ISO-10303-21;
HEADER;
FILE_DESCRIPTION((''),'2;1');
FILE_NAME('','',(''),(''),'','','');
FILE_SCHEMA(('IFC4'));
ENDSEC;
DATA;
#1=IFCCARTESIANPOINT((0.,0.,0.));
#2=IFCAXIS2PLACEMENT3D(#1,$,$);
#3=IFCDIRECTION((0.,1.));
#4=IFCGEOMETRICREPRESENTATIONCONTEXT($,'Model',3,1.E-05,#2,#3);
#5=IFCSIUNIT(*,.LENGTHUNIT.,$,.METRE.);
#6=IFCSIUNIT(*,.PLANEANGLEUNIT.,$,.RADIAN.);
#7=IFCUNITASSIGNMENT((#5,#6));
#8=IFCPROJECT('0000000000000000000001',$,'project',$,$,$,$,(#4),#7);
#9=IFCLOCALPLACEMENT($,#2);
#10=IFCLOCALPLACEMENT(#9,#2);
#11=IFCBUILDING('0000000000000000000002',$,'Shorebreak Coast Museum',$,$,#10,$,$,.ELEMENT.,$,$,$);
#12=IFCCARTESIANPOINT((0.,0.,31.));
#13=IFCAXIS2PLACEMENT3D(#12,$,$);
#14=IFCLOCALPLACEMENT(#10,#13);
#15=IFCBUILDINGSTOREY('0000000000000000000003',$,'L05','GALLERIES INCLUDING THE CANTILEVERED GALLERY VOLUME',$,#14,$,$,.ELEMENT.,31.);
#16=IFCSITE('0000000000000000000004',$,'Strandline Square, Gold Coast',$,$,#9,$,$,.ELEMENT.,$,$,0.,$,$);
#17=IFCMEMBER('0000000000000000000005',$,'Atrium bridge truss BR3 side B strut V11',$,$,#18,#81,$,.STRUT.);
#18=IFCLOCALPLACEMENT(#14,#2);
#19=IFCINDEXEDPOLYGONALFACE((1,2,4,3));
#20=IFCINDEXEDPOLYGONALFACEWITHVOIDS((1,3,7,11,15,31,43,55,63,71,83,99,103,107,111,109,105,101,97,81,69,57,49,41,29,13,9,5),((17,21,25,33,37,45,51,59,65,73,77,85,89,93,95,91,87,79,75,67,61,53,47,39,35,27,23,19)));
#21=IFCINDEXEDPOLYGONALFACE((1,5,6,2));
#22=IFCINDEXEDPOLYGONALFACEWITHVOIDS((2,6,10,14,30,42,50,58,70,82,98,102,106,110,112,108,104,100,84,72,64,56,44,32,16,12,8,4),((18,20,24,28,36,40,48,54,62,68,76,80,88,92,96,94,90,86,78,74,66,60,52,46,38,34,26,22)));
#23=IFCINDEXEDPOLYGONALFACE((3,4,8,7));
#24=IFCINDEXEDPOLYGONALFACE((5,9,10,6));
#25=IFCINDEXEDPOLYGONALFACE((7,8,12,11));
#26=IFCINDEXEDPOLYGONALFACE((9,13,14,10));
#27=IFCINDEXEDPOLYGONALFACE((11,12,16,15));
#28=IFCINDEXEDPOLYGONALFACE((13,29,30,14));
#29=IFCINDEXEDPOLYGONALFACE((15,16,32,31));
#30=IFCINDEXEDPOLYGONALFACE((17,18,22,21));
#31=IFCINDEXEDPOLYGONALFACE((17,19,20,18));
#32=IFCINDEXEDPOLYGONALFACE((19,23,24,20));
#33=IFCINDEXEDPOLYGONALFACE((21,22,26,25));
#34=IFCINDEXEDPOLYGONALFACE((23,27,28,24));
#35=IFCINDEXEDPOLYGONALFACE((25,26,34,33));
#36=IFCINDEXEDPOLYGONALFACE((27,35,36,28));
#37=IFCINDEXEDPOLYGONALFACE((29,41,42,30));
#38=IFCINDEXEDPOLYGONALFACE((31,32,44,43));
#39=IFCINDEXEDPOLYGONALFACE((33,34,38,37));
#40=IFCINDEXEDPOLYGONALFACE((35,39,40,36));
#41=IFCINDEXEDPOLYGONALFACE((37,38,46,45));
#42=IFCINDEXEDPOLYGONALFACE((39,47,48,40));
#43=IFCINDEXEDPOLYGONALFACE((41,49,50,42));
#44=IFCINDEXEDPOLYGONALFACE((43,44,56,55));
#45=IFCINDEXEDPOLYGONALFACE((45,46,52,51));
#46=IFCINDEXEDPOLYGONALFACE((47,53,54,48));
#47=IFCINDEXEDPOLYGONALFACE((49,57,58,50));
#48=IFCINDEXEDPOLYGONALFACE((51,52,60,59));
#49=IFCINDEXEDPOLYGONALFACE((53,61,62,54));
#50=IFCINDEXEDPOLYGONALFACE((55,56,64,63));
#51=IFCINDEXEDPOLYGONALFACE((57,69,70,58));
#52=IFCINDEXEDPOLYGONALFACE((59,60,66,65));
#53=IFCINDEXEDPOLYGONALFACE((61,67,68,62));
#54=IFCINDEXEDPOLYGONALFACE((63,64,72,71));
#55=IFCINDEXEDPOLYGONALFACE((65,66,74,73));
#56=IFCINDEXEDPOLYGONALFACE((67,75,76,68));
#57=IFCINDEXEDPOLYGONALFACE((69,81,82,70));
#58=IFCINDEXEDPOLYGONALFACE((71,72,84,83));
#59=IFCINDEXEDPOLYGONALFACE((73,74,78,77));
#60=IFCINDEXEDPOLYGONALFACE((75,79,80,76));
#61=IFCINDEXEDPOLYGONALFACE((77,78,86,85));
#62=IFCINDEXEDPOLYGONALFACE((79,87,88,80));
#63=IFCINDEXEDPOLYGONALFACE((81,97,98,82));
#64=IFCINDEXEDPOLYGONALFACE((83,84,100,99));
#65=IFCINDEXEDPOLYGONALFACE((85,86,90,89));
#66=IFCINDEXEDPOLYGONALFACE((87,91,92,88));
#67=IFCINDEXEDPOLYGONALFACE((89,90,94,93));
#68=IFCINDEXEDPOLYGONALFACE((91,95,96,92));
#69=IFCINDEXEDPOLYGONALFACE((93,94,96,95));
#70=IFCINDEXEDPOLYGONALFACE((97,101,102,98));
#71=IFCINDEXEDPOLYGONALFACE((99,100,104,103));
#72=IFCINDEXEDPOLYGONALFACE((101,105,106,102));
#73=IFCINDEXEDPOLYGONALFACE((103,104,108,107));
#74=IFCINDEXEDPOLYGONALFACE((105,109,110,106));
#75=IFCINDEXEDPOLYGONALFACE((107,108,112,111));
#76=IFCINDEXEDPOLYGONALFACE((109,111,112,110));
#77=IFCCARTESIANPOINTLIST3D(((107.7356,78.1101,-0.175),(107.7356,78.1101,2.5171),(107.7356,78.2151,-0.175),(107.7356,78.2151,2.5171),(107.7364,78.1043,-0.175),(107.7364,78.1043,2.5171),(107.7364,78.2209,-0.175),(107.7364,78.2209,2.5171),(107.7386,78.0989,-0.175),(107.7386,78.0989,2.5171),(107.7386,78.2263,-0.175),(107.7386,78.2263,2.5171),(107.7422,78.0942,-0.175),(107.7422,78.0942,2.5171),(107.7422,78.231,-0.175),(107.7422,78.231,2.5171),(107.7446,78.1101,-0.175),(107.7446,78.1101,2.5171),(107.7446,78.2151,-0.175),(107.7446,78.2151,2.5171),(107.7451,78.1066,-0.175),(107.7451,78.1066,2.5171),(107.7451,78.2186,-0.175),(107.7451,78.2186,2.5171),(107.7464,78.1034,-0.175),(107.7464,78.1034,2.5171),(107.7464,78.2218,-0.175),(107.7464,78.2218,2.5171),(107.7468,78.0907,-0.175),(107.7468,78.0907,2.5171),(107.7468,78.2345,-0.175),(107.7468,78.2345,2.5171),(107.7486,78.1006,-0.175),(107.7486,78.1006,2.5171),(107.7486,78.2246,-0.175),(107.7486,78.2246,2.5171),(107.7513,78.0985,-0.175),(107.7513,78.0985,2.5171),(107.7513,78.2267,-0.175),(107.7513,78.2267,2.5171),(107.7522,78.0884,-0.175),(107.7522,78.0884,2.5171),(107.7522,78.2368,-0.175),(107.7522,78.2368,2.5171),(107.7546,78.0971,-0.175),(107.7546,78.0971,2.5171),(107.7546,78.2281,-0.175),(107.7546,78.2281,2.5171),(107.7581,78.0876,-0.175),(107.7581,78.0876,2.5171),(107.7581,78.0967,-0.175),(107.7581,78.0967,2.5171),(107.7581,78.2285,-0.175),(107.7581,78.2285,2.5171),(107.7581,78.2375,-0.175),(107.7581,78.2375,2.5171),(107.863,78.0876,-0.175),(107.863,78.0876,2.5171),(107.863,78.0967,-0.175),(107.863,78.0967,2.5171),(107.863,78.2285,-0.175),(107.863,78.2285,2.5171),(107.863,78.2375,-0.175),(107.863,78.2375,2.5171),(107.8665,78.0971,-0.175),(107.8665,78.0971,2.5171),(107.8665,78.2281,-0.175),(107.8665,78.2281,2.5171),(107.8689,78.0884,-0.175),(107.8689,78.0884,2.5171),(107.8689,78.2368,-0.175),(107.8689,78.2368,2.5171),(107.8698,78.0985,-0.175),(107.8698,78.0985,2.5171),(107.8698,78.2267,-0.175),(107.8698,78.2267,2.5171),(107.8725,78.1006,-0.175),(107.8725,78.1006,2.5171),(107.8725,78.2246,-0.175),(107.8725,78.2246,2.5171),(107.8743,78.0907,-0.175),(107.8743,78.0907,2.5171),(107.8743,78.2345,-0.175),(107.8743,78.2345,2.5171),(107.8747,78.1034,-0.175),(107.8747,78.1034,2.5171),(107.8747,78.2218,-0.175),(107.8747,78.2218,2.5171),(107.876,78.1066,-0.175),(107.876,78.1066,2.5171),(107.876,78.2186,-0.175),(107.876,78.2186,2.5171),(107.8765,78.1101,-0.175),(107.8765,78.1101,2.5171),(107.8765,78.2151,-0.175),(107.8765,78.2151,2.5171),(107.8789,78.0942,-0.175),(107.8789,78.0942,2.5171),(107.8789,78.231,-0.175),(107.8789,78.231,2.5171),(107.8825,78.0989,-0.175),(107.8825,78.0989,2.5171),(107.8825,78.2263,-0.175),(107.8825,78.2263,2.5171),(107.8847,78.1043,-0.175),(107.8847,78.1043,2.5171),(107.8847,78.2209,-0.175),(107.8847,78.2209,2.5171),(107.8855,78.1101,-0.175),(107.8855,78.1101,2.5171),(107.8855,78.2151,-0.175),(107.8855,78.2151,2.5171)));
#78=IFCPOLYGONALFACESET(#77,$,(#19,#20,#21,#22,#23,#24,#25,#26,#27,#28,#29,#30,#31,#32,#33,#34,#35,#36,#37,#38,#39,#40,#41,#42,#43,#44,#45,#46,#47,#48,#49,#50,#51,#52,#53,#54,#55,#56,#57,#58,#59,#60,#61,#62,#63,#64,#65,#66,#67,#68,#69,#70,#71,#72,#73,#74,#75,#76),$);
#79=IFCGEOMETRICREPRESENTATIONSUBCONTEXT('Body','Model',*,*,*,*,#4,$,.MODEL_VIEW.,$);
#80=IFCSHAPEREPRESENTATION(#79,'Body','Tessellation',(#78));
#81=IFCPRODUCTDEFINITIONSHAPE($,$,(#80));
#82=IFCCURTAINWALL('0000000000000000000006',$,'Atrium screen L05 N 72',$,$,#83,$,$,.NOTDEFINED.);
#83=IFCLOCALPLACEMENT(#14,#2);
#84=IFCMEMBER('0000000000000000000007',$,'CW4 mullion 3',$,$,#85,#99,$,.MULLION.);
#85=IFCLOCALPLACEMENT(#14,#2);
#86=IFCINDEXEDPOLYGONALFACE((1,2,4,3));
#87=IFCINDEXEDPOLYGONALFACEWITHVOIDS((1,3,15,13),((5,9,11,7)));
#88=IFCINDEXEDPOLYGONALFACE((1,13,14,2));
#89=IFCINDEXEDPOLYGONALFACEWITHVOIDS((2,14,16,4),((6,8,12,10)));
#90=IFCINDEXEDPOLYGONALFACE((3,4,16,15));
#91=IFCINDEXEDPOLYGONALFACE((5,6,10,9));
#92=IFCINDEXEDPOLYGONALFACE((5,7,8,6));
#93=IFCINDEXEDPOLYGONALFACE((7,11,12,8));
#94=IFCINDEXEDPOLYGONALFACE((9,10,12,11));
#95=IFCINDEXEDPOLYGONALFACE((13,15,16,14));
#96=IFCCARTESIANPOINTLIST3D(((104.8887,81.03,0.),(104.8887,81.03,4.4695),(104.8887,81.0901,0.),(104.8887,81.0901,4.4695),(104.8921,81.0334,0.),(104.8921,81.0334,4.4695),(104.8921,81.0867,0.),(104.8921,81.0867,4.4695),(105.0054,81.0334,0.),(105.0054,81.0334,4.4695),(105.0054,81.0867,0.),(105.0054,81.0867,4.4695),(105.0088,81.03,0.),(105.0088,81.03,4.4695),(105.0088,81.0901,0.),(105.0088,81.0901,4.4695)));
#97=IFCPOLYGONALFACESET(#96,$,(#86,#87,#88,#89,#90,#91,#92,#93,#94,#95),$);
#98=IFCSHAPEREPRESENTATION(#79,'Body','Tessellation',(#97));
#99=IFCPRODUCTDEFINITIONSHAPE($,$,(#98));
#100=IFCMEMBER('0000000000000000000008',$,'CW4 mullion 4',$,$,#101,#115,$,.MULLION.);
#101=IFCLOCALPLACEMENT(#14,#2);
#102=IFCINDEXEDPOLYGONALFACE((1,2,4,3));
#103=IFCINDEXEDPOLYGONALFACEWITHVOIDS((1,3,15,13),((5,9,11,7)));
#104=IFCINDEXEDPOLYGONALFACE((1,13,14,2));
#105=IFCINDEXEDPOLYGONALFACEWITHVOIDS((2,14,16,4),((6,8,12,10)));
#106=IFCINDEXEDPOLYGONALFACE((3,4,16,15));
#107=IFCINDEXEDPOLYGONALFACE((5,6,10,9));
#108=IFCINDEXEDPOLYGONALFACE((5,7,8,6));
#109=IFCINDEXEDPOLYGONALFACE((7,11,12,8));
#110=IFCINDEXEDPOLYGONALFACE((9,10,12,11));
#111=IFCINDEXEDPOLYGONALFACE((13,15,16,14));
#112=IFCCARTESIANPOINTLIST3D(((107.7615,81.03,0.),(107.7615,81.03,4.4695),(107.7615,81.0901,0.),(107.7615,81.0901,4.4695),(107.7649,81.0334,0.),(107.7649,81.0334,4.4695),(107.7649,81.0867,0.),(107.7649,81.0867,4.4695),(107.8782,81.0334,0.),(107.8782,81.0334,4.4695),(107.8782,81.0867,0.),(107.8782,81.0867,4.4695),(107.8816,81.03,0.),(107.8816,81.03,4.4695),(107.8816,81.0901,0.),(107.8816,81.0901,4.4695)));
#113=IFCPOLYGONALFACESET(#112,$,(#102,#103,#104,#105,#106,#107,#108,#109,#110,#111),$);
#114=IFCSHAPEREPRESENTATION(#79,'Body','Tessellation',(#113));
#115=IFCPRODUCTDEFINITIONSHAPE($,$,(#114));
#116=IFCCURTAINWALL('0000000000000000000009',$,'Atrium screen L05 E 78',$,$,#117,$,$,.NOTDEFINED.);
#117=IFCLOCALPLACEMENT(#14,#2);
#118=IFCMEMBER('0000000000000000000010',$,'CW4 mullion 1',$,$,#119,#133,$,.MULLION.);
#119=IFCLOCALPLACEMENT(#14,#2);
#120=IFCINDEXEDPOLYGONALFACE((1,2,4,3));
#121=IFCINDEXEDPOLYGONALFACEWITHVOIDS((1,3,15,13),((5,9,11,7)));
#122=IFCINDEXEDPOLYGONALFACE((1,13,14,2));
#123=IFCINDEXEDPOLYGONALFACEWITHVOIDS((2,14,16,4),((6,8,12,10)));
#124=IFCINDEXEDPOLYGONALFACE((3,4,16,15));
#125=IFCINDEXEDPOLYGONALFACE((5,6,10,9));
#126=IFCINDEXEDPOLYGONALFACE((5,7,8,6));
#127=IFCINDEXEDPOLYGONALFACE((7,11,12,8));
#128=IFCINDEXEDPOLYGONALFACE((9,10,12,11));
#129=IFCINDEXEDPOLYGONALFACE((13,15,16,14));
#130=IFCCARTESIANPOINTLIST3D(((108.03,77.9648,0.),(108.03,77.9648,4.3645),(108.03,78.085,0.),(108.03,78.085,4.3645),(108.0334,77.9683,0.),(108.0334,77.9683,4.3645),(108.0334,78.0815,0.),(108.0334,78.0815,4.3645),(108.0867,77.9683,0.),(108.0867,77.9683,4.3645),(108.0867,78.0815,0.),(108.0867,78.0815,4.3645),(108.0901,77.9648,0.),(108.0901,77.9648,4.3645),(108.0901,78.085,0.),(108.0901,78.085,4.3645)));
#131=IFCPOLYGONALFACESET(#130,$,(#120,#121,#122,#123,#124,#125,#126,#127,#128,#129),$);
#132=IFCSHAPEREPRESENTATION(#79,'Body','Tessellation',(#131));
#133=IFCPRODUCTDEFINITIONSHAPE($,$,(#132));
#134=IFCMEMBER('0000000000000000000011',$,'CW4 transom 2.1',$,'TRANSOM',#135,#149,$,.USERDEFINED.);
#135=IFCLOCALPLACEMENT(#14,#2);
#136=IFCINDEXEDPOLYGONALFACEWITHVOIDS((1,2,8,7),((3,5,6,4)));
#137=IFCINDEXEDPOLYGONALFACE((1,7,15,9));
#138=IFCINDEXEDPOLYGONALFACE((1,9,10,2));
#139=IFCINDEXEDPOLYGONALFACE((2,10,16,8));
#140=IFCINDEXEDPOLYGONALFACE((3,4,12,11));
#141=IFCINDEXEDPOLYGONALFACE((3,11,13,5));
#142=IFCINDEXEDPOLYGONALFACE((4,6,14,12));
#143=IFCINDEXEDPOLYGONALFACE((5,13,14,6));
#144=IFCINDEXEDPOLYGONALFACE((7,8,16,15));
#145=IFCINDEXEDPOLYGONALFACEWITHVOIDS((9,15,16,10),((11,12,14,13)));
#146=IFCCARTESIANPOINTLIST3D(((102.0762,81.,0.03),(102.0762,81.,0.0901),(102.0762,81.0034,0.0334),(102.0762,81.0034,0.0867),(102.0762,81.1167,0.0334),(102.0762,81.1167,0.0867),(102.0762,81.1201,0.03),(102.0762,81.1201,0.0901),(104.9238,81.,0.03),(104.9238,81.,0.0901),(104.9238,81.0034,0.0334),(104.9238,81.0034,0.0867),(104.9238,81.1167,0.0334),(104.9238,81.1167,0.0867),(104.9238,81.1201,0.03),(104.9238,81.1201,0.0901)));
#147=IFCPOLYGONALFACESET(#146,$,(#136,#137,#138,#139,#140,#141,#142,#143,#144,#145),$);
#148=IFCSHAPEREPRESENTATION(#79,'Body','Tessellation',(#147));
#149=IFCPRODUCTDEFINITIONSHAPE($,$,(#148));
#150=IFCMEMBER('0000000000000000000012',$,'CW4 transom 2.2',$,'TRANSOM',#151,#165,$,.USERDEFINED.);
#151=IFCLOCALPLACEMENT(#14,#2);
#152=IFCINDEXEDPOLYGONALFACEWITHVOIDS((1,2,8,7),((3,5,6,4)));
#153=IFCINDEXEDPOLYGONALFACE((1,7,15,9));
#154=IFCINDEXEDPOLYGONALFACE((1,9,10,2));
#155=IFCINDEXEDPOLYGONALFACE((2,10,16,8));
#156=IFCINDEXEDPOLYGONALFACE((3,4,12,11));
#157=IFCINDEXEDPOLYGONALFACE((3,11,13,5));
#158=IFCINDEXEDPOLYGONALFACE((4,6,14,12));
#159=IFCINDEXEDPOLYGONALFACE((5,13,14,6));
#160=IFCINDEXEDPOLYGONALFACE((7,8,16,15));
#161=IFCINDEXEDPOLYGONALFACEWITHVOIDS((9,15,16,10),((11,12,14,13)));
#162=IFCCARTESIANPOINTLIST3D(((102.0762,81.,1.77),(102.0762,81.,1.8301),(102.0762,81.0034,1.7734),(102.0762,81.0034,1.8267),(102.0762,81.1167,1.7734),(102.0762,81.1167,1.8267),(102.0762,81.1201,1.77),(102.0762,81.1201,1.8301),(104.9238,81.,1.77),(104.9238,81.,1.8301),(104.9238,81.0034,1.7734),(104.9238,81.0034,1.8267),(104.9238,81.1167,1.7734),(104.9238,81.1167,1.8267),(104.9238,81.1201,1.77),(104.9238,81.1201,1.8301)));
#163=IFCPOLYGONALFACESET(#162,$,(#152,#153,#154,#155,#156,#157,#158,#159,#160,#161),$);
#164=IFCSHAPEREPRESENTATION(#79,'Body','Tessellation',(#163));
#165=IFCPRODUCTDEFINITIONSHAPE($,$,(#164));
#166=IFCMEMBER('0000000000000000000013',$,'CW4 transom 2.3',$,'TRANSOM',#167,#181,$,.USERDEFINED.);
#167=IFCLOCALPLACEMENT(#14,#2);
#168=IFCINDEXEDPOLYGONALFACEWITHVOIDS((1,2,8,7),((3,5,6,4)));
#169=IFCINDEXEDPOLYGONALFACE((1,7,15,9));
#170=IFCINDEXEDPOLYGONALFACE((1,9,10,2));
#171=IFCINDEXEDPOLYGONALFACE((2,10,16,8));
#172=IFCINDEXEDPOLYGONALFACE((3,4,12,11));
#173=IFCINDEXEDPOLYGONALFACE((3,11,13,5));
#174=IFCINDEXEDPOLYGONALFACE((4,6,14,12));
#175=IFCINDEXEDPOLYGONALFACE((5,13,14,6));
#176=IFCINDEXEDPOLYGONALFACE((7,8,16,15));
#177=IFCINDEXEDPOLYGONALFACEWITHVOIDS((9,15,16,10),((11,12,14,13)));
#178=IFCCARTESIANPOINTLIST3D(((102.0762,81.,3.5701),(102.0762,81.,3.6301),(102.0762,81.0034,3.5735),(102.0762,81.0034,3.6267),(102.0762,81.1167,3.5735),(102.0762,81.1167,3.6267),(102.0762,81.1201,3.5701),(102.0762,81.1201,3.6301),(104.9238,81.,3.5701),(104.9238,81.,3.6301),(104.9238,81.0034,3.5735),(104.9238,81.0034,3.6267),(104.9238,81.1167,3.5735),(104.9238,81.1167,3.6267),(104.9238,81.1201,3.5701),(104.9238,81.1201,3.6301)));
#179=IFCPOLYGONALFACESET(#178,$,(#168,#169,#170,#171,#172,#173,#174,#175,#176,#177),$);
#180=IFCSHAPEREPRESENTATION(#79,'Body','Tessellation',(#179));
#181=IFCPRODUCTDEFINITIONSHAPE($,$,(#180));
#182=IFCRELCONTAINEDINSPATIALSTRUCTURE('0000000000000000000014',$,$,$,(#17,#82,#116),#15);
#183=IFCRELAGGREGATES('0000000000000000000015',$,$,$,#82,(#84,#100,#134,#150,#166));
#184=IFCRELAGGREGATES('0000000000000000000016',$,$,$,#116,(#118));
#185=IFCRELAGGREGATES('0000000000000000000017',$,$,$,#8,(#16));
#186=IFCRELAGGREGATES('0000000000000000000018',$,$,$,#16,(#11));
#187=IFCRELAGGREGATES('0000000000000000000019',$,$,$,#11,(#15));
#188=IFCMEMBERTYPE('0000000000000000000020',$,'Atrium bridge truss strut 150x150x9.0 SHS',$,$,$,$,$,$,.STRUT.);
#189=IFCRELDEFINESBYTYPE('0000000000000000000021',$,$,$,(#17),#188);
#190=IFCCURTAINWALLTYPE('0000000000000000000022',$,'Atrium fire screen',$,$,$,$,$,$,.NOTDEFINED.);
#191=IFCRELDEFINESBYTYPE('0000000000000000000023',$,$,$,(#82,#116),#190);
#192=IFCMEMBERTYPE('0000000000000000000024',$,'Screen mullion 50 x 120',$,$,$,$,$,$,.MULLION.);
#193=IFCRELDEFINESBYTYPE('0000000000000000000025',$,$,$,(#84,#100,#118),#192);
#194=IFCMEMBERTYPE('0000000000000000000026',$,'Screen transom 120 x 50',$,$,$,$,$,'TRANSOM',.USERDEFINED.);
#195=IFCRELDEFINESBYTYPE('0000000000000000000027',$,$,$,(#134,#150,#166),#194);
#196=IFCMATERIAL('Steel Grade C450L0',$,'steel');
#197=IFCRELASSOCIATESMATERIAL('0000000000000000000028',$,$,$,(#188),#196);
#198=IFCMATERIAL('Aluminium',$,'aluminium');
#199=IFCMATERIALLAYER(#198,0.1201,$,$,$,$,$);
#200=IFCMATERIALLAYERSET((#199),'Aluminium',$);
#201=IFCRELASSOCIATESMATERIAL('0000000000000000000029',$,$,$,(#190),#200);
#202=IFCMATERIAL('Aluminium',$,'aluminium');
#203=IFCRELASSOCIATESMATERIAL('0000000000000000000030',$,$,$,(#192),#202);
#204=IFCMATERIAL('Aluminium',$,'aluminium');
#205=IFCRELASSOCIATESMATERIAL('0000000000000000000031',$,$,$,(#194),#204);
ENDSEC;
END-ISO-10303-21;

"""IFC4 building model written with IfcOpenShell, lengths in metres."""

from ifc_helpers import new_model, si_unit, direction, frame, origin, origin_2d, place, context, subcontext, project, spatial, hollow_rectangle, extrude, material, layer, layer_set, material_profile, profile_set, type_object, element, aggregate, save


model = new_model("IFC4")

# Units and contexts
model_context = context("Model", 3, precision=1e-05, world=origin(), true_north=direction((0.0, 1.0)))
body_context = subcontext(model_context, "Body", "Model", "MODEL_VIEW")
ifc_project = project(units=[si_unit("LENGTHUNIT", "METRE"), si_unit("PLANEANGLEUNIT", "RADIAN")], contexts=[model_context])

# Site, building, storey
site_placement = place(None, origin())
site = spatial("IfcSite", under=ifc_project, at=site_placement, Name="Strandline Square, Gold Coast", CompositionType="ELEMENT", RefElevation=0.0)
building_placement = place(site_placement, origin())
building = spatial("IfcBuilding", under=site, at=building_placement, Name="Shorebreak Coast Museum", CompositionType="ELEMENT")
storey_placement = place(building_placement, frame((0.0, 0.0, 31.0)))
storey = spatial("IfcBuildingStorey", under=building, at=storey_placement, Name="L05", Description="GALLERIES INCLUDING THE CANTILEVERED GALLERY VOLUME", CompositionType="ELEMENT", Elevation=31.0)

# Member
ifc_material_1 = material(Name="Steel Grade C450L0", Category="steel")
ifc_material_profile_1 = material_profile(ifc_material_1, hollow_rectangle(XDim=0.1499, YDim=0.1499, WallThickness=0.009, InnerFilletRadius=0.0134, OuterFilletRadius=0.0225, at=origin_2d()), Name="150x150x9.0 SHS")
ifc_profile_set_1 = profile_set([ifc_material_profile_1], Name="Steel Grade C450L0")
member_type_1 = type_object("IfcMemberType", Name="Atrium bridge truss strut 150x150x9.0 SHS", PredefinedType="STRUT", material=ifc_profile_set_1)
for number, where, z_axis, x_axis, name in (
    (1, (107.8105, 78.1626, -0.175), (0.0, 0.0, 1.0), (1.0, 0.0, 0.0), "Atrium bridge truss BR3 side B strut V11"),
):
    element("IfcMember", number, at=place(storey_placement, frame(where, z_axis=z_axis, x_axis=x_axis)), inside=storey, type_object=member_type_1, Name=name, PredefinedType="STRUT", context=body_context, shape_type="SweptSolid", body=[
        extrude(hollow_rectangle(XDim=0.1499, YDim=0.1499, WallThickness=0.009, InnerFilletRadius=0.0134, OuterFilletRadius=0.0225, at=origin_2d()), origin(), (0.0, 0.0, 1.0), 2.6921),
    ])

# Curtain wall, members
ifc_material_2 = material(Name="Aluminium", Category="aluminium")
ifc_layer_1 = layer(ifc_material_2, 0.1201)
ifc_layer_set_1 = layer_set([ifc_layer_1], Name="Aluminium")
curtain_wall_type = type_object("IfcCurtainWallType", Name="Atrium fire screen", PredefinedType="NOTDEFINED", material=ifc_layer_set_1)
curtain_wall_1_placement = place(storey_placement, origin())
curtain_wall_1 = element("IfcCurtainWall", 2, at=curtain_wall_1_placement, inside=storey, type_object=curtain_wall_type, Name="Atrium screen L05 N 72", PredefinedType="NOTDEFINED")
ifc_material_3 = material(Name="Aluminium", Category="aluminium")
ifc_material_profile_2 = material_profile(ifc_material_3, hollow_rectangle(XDim=0.0601, YDim=0.1201, WallThickness=0.0034, at=origin_2d()), Name="AL 120x60 RHS")
ifc_profile_set_2 = profile_set([ifc_material_profile_2], Name="Aluminium")
member_type_2 = type_object("IfcMemberType", Name="Screen mullion 50 x 120", PredefinedType="MULLION", material=ifc_profile_set_2)
member_1_placement = place(storey_placement, frame((104.9487, 81.0601, 0.0), z_axis=(0.0, 0.0, 1.0), x_axis=(0.0, 1.0, 0.0)))
member_1 = element("IfcMember", 3, at=member_1_placement, type_object=member_type_2, Name="CW4 mullion 3", PredefinedType="MULLION", context=body_context, shape_type="SweptSolid", body=[
    extrude(hollow_rectangle(XDim=0.0601, YDim=0.1201, WallThickness=0.0034, at=origin_2d()), origin(), (0.0, 0.0, 1.0), 4.4695),
])
member_2_placement = place(storey_placement, frame((107.8215, 81.0601, 0.0), z_axis=(0.0, 0.0, 1.0), x_axis=(0.0, 1.0, 0.0)))
member_2 = element("IfcMember", 4, at=member_2_placement, type_object=member_type_2, Name="CW4 mullion 4", PredefinedType="MULLION", context=body_context, shape_type="SweptSolid", body=[
    extrude(hollow_rectangle(XDim=0.0601, YDim=0.1201, WallThickness=0.0034, at=origin_2d()), origin(), (0.0, 0.0, 1.0), 4.4695),
])

# Curtain wall, member
curtain_wall_2_placement = place(storey_placement, origin())
curtain_wall_2 = element("IfcCurtainWall", 5, at=curtain_wall_2_placement, inside=storey, type_object=curtain_wall_type, Name="Atrium screen L05 E 78", PredefinedType="NOTDEFINED")
member_3_placement = place(storey_placement, frame((108.0601, 78.0249, 0.0), z_axis=(0.0, 0.0, 1.0), x_axis=(-1.0, 0.0, 0.0)))
member_3 = element("IfcMember", 6, at=member_3_placement, type_object=member_type_2, Name="CW4 mullion 1", PredefinedType="MULLION", context=body_context, shape_type="SweptSolid", body=[
    extrude(hollow_rectangle(XDim=0.0601, YDim=0.1201, WallThickness=0.0034, at=origin_2d()), origin(), (0.0, 0.0, 1.0), 4.3645),
])

# Members
ifc_material_4 = material(Name="Aluminium", Category="aluminium")
ifc_material_profile_3 = material_profile(ifc_material_4, hollow_rectangle(XDim=0.1201, YDim=0.0601, WallThickness=0.0034, at=origin_2d()), Name="AL 60x120 RHS")
ifc_profile_set_3 = profile_set([ifc_material_profile_3], Name="Aluminium")
member_type_3 = type_object("IfcMemberType", Name="Screen transom 120 x 50", ElementType="TRANSOM", PredefinedType="USERDEFINED", material=ifc_profile_set_3)
member_4_placement = place(storey_placement, frame((102.0762, 81.0601, 0.0601), z_axis=(1.0, 0.0, 0.0), x_axis=(0.0, 1.0, 0.0)))
member_4 = element("IfcMember", 7, at=member_4_placement, type_object=member_type_3, Name="CW4 transom 2.1", ObjectType="TRANSOM", PredefinedType="USERDEFINED", context=body_context, shape_type="SweptSolid", body=[
    extrude(hollow_rectangle(XDim=0.1201, YDim=0.0601, WallThickness=0.0034, at=origin_2d()), origin(), (0.0, 0.0, 1.0), 2.8477),
])
member_5_placement = place(storey_placement, frame((102.0762, 81.0601, 1.8), z_axis=(1.0, 0.0, 0.0), x_axis=(0.0, 1.0, 0.0)))
member_5 = element("IfcMember", 8, at=member_5_placement, type_object=member_type_3, Name="CW4 transom 2.2", ObjectType="TRANSOM", PredefinedType="USERDEFINED", context=body_context, shape_type="SweptSolid", body=[
    extrude(hollow_rectangle(XDim=0.1201, YDim=0.0601, WallThickness=0.0034, at=origin_2d()), origin(), (0.0, 0.0, 1.0), 2.8477),
])
member_6_placement = place(storey_placement, frame((102.0762, 81.0601, 3.6001), z_axis=(1.0, 0.0, 0.0), x_axis=(0.0, 1.0, 0.0)))
member_6 = element("IfcMember", 9, at=member_6_placement, type_object=member_type_3, Name="CW4 transom 2.3", ObjectType="TRANSOM", PredefinedType="USERDEFINED", context=body_context, shape_type="SweptSolid", body=[
    extrude(hollow_rectangle(XDim=0.1201, YDim=0.0601, WallThickness=0.0034, at=origin_2d()), origin(), (0.0, 0.0, 1.0), 2.8477),
])

aggregate(curtain_wall_1, [member_1, member_2, member_4, member_5, member_6])
aggregate(curtain_wall_2, [member_3])

save(model, "model.ifc")
